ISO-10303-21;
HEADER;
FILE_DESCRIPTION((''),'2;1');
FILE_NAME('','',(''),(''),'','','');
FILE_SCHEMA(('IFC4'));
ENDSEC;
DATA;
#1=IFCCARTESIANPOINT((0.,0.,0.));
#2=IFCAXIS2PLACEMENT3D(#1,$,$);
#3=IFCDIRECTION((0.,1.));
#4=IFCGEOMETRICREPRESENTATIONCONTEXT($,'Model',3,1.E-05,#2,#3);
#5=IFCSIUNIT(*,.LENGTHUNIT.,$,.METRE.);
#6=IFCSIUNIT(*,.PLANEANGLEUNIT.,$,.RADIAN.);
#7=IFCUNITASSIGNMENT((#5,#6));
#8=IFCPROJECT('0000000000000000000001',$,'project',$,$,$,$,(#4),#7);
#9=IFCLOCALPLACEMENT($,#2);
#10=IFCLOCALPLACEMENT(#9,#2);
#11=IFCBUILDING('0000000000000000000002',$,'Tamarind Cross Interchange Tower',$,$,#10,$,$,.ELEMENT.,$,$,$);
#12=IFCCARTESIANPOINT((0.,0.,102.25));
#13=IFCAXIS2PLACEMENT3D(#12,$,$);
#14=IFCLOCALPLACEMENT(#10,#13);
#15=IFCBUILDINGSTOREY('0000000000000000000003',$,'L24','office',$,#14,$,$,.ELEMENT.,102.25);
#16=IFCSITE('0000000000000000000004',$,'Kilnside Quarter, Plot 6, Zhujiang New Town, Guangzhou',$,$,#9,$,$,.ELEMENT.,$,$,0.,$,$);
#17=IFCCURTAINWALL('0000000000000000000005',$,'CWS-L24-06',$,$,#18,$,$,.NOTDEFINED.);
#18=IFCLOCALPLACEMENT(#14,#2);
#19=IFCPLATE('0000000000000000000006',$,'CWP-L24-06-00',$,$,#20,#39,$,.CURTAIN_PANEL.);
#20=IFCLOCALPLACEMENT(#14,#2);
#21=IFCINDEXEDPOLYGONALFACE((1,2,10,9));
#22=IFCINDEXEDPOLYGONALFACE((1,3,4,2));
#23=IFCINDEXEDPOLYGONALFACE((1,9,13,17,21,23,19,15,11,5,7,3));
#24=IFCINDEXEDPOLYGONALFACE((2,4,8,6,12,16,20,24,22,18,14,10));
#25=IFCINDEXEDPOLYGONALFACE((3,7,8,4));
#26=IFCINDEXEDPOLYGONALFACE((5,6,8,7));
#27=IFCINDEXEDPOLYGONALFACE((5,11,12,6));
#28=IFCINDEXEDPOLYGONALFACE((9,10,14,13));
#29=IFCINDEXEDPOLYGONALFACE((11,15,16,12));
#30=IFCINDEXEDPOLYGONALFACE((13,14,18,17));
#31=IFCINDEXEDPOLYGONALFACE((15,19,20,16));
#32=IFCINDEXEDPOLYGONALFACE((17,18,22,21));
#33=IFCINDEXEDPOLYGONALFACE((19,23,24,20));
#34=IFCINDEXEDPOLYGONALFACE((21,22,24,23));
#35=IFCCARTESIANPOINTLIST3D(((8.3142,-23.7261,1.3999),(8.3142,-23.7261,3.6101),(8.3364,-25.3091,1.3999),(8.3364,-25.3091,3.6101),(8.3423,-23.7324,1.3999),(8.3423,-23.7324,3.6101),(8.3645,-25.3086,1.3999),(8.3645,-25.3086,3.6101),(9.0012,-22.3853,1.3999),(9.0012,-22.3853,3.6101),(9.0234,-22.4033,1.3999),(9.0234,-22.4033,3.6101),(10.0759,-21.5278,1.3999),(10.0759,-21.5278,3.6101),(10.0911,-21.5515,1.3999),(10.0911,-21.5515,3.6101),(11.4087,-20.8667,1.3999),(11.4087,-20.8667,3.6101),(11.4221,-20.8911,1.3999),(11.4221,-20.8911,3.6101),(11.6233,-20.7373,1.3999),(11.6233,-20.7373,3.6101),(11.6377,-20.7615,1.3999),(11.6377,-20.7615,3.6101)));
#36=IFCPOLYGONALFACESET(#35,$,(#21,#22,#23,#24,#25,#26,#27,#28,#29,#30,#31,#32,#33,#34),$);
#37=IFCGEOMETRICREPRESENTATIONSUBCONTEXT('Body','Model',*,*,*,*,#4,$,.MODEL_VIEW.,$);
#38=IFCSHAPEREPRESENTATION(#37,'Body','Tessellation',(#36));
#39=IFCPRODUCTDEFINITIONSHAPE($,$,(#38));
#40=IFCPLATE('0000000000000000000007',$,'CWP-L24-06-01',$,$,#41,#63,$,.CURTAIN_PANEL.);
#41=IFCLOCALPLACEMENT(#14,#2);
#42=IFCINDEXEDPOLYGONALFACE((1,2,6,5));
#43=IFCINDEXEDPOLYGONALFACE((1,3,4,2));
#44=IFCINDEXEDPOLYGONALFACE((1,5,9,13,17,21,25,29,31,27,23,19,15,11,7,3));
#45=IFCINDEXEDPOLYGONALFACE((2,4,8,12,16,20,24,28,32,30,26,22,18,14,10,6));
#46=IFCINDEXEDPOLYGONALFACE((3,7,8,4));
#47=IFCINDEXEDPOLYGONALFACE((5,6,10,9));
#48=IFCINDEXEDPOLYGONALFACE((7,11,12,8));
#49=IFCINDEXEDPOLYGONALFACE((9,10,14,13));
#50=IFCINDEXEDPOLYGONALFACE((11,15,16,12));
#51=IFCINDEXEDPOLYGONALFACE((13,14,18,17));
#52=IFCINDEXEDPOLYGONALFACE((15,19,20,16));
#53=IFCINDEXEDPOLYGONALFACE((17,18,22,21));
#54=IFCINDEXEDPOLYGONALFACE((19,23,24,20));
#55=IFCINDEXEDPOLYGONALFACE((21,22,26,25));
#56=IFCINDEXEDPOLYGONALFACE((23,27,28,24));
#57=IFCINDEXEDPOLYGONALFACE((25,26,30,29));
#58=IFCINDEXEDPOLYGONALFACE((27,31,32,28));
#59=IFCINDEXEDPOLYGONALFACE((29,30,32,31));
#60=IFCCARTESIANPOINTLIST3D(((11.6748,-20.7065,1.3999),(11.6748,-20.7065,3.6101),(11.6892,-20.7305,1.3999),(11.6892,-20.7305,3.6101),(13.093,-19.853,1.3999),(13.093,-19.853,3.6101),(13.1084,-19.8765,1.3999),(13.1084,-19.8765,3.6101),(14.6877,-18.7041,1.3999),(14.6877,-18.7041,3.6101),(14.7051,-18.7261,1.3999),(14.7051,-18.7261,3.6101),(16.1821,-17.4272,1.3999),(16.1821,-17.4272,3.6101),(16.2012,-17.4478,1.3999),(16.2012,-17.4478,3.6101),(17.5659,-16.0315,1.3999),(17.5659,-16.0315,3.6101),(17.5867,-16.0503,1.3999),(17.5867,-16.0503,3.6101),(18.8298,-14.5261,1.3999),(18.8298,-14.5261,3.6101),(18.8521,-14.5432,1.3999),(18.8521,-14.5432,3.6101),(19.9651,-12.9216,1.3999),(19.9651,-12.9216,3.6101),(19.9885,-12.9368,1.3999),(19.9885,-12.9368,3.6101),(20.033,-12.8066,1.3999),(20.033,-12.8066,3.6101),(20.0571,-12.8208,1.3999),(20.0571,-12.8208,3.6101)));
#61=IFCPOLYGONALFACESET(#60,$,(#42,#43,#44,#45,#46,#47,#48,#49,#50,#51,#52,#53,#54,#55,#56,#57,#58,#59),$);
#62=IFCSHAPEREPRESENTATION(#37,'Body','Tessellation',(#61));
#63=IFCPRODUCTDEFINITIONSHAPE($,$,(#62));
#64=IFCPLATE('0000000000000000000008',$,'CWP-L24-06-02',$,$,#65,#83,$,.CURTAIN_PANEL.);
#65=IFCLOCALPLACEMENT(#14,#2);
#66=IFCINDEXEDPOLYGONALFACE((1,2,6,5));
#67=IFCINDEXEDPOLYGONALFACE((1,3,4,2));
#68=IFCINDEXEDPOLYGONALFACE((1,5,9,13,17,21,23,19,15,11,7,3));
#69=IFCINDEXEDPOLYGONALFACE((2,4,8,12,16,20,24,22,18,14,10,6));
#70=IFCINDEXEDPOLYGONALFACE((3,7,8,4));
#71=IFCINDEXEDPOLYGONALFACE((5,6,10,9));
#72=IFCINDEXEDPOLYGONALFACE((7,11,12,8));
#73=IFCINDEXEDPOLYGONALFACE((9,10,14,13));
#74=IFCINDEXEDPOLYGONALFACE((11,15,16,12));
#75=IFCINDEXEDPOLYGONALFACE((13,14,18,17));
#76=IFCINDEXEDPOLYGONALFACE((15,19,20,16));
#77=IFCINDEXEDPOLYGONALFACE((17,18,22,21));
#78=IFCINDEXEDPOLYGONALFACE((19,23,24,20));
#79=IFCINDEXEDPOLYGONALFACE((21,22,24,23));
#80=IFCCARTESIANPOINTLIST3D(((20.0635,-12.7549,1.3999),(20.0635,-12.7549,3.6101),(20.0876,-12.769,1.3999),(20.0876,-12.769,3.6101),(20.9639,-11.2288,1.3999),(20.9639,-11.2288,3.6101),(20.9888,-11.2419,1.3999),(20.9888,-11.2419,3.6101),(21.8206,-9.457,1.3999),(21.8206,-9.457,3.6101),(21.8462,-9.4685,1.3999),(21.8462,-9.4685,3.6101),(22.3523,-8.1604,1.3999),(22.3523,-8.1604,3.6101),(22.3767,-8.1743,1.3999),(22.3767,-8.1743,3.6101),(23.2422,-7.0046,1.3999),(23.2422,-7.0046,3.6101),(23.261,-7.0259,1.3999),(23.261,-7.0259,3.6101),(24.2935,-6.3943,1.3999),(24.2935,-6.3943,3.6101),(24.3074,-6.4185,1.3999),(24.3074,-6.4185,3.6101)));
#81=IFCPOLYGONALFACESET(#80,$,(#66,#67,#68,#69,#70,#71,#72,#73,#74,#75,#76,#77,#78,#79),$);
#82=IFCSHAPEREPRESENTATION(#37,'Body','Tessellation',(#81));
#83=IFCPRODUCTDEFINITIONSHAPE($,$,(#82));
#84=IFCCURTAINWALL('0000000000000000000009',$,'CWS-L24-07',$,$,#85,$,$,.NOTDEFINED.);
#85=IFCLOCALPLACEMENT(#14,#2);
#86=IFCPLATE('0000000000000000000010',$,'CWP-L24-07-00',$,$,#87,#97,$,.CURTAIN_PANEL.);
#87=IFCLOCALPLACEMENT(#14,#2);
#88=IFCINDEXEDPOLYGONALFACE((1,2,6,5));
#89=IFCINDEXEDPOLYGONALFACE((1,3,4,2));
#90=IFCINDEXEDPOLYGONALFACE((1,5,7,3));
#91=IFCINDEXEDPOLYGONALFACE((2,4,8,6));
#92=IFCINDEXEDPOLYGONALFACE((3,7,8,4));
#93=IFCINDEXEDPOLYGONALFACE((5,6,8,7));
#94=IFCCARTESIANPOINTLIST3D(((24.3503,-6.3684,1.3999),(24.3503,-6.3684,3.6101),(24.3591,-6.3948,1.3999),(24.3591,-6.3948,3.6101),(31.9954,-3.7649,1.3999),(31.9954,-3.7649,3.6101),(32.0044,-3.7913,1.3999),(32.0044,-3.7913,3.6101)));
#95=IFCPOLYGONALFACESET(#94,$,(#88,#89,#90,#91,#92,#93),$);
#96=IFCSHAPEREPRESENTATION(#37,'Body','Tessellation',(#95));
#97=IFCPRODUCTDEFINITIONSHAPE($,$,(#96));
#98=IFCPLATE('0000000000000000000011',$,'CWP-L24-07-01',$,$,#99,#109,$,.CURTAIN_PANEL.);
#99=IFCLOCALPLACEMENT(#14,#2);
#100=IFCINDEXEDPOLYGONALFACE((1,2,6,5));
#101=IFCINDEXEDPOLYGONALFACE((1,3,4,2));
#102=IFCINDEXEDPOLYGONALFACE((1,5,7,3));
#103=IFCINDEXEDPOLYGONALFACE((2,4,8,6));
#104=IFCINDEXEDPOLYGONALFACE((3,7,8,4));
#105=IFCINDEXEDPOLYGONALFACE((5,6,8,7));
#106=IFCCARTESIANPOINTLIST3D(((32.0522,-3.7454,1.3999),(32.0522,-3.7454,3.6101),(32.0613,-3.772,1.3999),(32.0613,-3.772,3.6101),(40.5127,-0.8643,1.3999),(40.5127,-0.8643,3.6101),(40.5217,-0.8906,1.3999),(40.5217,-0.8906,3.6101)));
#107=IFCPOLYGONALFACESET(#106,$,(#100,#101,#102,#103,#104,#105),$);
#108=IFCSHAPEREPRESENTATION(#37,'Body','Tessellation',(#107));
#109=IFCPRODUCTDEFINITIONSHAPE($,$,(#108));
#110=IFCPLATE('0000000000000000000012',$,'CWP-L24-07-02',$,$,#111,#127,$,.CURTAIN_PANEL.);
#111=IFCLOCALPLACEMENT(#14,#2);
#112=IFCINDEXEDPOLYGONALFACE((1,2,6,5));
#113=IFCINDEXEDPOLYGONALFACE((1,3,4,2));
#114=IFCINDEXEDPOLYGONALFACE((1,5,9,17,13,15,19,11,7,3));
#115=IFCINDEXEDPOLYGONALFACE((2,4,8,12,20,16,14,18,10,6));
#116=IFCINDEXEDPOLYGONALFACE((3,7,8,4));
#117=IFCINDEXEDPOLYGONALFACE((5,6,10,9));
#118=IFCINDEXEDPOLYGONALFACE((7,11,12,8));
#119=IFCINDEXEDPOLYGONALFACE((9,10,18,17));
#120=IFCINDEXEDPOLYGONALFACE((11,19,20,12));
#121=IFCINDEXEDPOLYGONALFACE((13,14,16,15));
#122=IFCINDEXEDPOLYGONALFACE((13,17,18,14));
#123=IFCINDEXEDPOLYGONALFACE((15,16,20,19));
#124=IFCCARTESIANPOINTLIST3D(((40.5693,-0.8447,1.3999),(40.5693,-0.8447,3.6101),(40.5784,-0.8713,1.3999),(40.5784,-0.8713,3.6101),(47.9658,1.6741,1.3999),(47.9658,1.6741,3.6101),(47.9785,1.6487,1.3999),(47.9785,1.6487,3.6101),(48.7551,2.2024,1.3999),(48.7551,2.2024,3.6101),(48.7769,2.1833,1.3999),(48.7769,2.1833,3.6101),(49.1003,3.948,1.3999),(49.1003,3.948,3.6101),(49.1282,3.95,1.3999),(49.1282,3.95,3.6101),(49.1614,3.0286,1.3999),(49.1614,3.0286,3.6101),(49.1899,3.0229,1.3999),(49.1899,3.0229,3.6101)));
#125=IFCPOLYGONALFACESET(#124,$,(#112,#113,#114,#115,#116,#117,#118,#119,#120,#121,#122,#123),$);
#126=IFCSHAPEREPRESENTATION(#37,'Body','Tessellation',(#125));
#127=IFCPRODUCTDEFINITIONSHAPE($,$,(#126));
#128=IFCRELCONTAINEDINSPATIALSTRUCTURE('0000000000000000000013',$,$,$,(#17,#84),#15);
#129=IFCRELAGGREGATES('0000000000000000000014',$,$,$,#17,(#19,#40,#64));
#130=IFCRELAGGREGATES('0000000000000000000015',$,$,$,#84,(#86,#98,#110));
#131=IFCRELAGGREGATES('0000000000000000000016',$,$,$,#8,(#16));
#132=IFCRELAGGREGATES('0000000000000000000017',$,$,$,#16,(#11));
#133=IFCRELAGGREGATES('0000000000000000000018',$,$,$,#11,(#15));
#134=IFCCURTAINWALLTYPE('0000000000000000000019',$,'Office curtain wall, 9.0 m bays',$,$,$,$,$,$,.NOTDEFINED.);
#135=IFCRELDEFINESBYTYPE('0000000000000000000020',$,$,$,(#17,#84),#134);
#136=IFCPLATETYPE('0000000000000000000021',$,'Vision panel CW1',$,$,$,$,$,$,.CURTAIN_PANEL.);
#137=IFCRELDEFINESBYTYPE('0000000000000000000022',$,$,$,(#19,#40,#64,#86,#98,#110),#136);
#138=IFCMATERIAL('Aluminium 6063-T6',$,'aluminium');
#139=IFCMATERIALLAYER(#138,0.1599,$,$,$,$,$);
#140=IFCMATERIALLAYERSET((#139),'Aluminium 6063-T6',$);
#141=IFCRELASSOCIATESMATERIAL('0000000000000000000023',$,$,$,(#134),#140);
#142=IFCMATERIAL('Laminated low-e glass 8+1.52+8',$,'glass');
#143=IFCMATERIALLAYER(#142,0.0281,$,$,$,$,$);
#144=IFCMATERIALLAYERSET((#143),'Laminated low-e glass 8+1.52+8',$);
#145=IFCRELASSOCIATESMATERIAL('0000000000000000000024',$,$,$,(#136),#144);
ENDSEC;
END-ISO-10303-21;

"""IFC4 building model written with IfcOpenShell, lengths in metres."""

from ifc_helpers import new_model, si_unit, direction, frame, origin, place, context, subcontext, project, spatial, polyline, outline, extrude, material, layer, layer_set, type_object, element, aggregate, save


model = new_model("IFC4")

# Units and contexts
model_context = context("Model", 3, precision=1e-05, world=origin(), true_north=direction((0.0, 1.0)))
body_context = subcontext(model_context, "Body", "Model", "MODEL_VIEW")
ifc_project = project(units=[si_unit("LENGTHUNIT", "METRE"), si_unit("PLANEANGLEUNIT", "RADIAN")], contexts=[model_context])

# Site, building, storey
site_placement = place(None, origin())
site = spatial("IfcSite", under=ifc_project, at=site_placement, Name="Kilnside Quarter, Plot 6, Zhujiang New Town, Guangzhou", CompositionType="ELEMENT", RefElevation=0.0)
building_placement = place(site_placement, origin())
building = spatial("IfcBuilding", under=site, at=building_placement, Name="Tamarind Cross Interchange Tower", CompositionType="ELEMENT")
storey_placement = place(building_placement, frame((0.0, 0.0, 102.25)))
storey = spatial("IfcBuildingStorey", under=building, at=storey_placement, Name="L24", Description="office", CompositionType="ELEMENT", Elevation=102.25)

# Curtain wall
ifc_material_1 = material(Name="Aluminium 6063-T6", Category="aluminium")
ifc_layer_1 = layer(ifc_material_1, 0.1599)
ifc_layer_set_1 = layer_set([ifc_layer_1], Name="Aluminium 6063-T6")
curtain_wall_type = type_object("IfcCurtainWallType", Name="Office curtain wall, 9.0 m bays", PredefinedType="NOTDEFINED", material=ifc_layer_set_1)
curtain_wall_1_placement = place(storey_placement, origin())
curtain_wall_1 = element("IfcCurtainWall", 1, at=curtain_wall_1_placement, inside=storey, type_object=curtain_wall_type, Name="CWS-L24-06", PredefinedType="NOTDEFINED")

# Plates
ifc_material_2 = material(Name="Laminated low-e glass 8+1.52+8", Category="glass")
ifc_layer_2 = layer(ifc_material_2, 0.0281)
ifc_layer_set_2 = layer_set([ifc_layer_2], Name="Laminated low-e glass 8+1.52+8")
plate_type = type_object("IfcPlateType", Name="Vision panel CW1", PredefinedType="CURTAIN_PANEL", material=ifc_layer_set_2)
plate_1_placement = place(storey_placement, frame((0.0, 0.0, 1.3999)))
plate_1 = element("IfcPlate", 2, at=plate_1_placement, type_object=plate_type, Name="CWP-L24-06-00", PredefinedType="CURTAIN_PANEL", context=body_context, shape_type="SweptSolid", body=[
    extrude(outline(polyline([(8.3364, -25.3091), (8.3142, -23.7261), (9.0012, -22.3853), (10.0759, -21.5278), (11.4087, -20.8667), (11.6233, -20.7373), (11.6377, -20.7615), (11.4221, -20.8911), (10.0911, -21.5515), (9.0234, -22.4033), (8.3423, -23.7324), (8.3645, -25.3086), (8.3364, -25.3091)])), origin(), (0.0, 0.0, 1.0), 2.2102),
])
plate_2_placement = place(storey_placement, frame((0.0, 0.0, 1.3999)))
plate_2 = element("IfcPlate", 3, at=plate_2_placement, type_object=plate_type, Name="CWP-L24-06-01", PredefinedType="CURTAIN_PANEL", context=body_context, shape_type="SweptSolid", body=[
    extrude(outline(polyline([(11.6748, -20.7065), (13.093, -19.853), (14.6877, -18.7041), (16.1821, -17.4272), (17.5659, -16.0315), (18.8298, -14.5261), (19.9651, -12.9216), (20.033, -12.8066), (20.0571, -12.8208), (19.9885, -12.9368), (18.8521, -14.5432), (17.5867, -16.0503), (16.2012, -17.4478), (14.7051, -18.7261), (13.1084, -19.8765), (11.6892, -20.7305), (11.6748, -20.7065)])), origin(), (0.0, 0.0, 1.0), 2.2102),
])
plate_3_placement = place(storey_placement, frame((0.0, 0.0, 1.3999)))
plate_3 = element("IfcPlate", 4, at=plate_3_placement, type_object=plate_type, Name="CWP-L24-06-02", PredefinedType="CURTAIN_PANEL", context=body_context, shape_type="SweptSolid", body=[
    extrude(outline(polyline([(20.0635, -12.7549), (20.9639, -11.2288), (21.8206, -9.457), (22.3523, -8.1604), (23.2422, -7.0046), (24.2935, -6.3943), (24.3074, -6.4185), (23.261, -7.0259), (22.3767, -8.1743), (21.8462, -9.4685), (20.9888, -11.2419), (20.0876, -12.769), (20.0635, -12.7549)])), origin(), (0.0, 0.0, 1.0), 2.2102),
])
aggregate(curtain_wall_1, [plate_1, plate_2, plate_3])

# Curtain wall, plates
curtain_wall_2_placement = place(storey_placement, origin())
curtain_wall_2 = element("IfcCurtainWall", 5, at=curtain_wall_2_placement, inside=storey, type_object=curtain_wall_type, Name="CWS-L24-07", PredefinedType="NOTDEFINED")
plate_4_placement = place(storey_placement, frame((0.0, 0.0, 1.3999)))
plate_4 = element("IfcPlate", 6, at=plate_4_placement, type_object=plate_type, Name="CWP-L24-07-00", PredefinedType="CURTAIN_PANEL", context=body_context, shape_type="SweptSolid", body=[
    extrude(outline(polyline([(24.3503, -6.3684), (31.9954, -3.7649), (32.0044, -3.7913), (24.3591, -6.3948), (24.3503, -6.3684)])), origin(), (0.0, 0.0, 1.0), 2.2102),
])
plate_5_placement = place(storey_placement, frame((0.0, 0.0, 1.3999)))
plate_5 = element("IfcPlate", 7, at=plate_5_placement, type_object=plate_type, Name="CWP-L24-07-01", PredefinedType="CURTAIN_PANEL", context=body_context, shape_type="SweptSolid", body=[
    extrude(outline(polyline([(32.0522, -3.7454), (40.5127, -0.8643), (40.5217, -0.8906), (32.0613, -3.772), (32.0522, -3.7454)])), origin(), (0.0, 0.0, 1.0), 2.2102),
])
plate_6_placement = place(storey_placement, frame((0.0, 0.0, 1.3999)))
plate_6 = element("IfcPlate", 8, at=plate_6_placement, type_object=plate_type, Name="CWP-L24-07-02", PredefinedType="CURTAIN_PANEL", context=body_context, shape_type="SweptSolid", body=[
    extrude(outline(polyline([(40.5693, -0.8447), (47.9658, 1.6741), (48.7551, 2.2024), (49.1614, 3.0286), (49.1003, 3.948), (49.1282, 3.95), (49.1899, 3.0229), (48.7769, 2.1833), (47.9785, 1.6487), (40.5784, -0.8713), (40.5693, -0.8447)])), origin(), (0.0, 0.0, 1.0), 2.2102),
])
aggregate(curtain_wall_2, [plate_4, plate_5, plate_6])

save(model, "model.ifc")
